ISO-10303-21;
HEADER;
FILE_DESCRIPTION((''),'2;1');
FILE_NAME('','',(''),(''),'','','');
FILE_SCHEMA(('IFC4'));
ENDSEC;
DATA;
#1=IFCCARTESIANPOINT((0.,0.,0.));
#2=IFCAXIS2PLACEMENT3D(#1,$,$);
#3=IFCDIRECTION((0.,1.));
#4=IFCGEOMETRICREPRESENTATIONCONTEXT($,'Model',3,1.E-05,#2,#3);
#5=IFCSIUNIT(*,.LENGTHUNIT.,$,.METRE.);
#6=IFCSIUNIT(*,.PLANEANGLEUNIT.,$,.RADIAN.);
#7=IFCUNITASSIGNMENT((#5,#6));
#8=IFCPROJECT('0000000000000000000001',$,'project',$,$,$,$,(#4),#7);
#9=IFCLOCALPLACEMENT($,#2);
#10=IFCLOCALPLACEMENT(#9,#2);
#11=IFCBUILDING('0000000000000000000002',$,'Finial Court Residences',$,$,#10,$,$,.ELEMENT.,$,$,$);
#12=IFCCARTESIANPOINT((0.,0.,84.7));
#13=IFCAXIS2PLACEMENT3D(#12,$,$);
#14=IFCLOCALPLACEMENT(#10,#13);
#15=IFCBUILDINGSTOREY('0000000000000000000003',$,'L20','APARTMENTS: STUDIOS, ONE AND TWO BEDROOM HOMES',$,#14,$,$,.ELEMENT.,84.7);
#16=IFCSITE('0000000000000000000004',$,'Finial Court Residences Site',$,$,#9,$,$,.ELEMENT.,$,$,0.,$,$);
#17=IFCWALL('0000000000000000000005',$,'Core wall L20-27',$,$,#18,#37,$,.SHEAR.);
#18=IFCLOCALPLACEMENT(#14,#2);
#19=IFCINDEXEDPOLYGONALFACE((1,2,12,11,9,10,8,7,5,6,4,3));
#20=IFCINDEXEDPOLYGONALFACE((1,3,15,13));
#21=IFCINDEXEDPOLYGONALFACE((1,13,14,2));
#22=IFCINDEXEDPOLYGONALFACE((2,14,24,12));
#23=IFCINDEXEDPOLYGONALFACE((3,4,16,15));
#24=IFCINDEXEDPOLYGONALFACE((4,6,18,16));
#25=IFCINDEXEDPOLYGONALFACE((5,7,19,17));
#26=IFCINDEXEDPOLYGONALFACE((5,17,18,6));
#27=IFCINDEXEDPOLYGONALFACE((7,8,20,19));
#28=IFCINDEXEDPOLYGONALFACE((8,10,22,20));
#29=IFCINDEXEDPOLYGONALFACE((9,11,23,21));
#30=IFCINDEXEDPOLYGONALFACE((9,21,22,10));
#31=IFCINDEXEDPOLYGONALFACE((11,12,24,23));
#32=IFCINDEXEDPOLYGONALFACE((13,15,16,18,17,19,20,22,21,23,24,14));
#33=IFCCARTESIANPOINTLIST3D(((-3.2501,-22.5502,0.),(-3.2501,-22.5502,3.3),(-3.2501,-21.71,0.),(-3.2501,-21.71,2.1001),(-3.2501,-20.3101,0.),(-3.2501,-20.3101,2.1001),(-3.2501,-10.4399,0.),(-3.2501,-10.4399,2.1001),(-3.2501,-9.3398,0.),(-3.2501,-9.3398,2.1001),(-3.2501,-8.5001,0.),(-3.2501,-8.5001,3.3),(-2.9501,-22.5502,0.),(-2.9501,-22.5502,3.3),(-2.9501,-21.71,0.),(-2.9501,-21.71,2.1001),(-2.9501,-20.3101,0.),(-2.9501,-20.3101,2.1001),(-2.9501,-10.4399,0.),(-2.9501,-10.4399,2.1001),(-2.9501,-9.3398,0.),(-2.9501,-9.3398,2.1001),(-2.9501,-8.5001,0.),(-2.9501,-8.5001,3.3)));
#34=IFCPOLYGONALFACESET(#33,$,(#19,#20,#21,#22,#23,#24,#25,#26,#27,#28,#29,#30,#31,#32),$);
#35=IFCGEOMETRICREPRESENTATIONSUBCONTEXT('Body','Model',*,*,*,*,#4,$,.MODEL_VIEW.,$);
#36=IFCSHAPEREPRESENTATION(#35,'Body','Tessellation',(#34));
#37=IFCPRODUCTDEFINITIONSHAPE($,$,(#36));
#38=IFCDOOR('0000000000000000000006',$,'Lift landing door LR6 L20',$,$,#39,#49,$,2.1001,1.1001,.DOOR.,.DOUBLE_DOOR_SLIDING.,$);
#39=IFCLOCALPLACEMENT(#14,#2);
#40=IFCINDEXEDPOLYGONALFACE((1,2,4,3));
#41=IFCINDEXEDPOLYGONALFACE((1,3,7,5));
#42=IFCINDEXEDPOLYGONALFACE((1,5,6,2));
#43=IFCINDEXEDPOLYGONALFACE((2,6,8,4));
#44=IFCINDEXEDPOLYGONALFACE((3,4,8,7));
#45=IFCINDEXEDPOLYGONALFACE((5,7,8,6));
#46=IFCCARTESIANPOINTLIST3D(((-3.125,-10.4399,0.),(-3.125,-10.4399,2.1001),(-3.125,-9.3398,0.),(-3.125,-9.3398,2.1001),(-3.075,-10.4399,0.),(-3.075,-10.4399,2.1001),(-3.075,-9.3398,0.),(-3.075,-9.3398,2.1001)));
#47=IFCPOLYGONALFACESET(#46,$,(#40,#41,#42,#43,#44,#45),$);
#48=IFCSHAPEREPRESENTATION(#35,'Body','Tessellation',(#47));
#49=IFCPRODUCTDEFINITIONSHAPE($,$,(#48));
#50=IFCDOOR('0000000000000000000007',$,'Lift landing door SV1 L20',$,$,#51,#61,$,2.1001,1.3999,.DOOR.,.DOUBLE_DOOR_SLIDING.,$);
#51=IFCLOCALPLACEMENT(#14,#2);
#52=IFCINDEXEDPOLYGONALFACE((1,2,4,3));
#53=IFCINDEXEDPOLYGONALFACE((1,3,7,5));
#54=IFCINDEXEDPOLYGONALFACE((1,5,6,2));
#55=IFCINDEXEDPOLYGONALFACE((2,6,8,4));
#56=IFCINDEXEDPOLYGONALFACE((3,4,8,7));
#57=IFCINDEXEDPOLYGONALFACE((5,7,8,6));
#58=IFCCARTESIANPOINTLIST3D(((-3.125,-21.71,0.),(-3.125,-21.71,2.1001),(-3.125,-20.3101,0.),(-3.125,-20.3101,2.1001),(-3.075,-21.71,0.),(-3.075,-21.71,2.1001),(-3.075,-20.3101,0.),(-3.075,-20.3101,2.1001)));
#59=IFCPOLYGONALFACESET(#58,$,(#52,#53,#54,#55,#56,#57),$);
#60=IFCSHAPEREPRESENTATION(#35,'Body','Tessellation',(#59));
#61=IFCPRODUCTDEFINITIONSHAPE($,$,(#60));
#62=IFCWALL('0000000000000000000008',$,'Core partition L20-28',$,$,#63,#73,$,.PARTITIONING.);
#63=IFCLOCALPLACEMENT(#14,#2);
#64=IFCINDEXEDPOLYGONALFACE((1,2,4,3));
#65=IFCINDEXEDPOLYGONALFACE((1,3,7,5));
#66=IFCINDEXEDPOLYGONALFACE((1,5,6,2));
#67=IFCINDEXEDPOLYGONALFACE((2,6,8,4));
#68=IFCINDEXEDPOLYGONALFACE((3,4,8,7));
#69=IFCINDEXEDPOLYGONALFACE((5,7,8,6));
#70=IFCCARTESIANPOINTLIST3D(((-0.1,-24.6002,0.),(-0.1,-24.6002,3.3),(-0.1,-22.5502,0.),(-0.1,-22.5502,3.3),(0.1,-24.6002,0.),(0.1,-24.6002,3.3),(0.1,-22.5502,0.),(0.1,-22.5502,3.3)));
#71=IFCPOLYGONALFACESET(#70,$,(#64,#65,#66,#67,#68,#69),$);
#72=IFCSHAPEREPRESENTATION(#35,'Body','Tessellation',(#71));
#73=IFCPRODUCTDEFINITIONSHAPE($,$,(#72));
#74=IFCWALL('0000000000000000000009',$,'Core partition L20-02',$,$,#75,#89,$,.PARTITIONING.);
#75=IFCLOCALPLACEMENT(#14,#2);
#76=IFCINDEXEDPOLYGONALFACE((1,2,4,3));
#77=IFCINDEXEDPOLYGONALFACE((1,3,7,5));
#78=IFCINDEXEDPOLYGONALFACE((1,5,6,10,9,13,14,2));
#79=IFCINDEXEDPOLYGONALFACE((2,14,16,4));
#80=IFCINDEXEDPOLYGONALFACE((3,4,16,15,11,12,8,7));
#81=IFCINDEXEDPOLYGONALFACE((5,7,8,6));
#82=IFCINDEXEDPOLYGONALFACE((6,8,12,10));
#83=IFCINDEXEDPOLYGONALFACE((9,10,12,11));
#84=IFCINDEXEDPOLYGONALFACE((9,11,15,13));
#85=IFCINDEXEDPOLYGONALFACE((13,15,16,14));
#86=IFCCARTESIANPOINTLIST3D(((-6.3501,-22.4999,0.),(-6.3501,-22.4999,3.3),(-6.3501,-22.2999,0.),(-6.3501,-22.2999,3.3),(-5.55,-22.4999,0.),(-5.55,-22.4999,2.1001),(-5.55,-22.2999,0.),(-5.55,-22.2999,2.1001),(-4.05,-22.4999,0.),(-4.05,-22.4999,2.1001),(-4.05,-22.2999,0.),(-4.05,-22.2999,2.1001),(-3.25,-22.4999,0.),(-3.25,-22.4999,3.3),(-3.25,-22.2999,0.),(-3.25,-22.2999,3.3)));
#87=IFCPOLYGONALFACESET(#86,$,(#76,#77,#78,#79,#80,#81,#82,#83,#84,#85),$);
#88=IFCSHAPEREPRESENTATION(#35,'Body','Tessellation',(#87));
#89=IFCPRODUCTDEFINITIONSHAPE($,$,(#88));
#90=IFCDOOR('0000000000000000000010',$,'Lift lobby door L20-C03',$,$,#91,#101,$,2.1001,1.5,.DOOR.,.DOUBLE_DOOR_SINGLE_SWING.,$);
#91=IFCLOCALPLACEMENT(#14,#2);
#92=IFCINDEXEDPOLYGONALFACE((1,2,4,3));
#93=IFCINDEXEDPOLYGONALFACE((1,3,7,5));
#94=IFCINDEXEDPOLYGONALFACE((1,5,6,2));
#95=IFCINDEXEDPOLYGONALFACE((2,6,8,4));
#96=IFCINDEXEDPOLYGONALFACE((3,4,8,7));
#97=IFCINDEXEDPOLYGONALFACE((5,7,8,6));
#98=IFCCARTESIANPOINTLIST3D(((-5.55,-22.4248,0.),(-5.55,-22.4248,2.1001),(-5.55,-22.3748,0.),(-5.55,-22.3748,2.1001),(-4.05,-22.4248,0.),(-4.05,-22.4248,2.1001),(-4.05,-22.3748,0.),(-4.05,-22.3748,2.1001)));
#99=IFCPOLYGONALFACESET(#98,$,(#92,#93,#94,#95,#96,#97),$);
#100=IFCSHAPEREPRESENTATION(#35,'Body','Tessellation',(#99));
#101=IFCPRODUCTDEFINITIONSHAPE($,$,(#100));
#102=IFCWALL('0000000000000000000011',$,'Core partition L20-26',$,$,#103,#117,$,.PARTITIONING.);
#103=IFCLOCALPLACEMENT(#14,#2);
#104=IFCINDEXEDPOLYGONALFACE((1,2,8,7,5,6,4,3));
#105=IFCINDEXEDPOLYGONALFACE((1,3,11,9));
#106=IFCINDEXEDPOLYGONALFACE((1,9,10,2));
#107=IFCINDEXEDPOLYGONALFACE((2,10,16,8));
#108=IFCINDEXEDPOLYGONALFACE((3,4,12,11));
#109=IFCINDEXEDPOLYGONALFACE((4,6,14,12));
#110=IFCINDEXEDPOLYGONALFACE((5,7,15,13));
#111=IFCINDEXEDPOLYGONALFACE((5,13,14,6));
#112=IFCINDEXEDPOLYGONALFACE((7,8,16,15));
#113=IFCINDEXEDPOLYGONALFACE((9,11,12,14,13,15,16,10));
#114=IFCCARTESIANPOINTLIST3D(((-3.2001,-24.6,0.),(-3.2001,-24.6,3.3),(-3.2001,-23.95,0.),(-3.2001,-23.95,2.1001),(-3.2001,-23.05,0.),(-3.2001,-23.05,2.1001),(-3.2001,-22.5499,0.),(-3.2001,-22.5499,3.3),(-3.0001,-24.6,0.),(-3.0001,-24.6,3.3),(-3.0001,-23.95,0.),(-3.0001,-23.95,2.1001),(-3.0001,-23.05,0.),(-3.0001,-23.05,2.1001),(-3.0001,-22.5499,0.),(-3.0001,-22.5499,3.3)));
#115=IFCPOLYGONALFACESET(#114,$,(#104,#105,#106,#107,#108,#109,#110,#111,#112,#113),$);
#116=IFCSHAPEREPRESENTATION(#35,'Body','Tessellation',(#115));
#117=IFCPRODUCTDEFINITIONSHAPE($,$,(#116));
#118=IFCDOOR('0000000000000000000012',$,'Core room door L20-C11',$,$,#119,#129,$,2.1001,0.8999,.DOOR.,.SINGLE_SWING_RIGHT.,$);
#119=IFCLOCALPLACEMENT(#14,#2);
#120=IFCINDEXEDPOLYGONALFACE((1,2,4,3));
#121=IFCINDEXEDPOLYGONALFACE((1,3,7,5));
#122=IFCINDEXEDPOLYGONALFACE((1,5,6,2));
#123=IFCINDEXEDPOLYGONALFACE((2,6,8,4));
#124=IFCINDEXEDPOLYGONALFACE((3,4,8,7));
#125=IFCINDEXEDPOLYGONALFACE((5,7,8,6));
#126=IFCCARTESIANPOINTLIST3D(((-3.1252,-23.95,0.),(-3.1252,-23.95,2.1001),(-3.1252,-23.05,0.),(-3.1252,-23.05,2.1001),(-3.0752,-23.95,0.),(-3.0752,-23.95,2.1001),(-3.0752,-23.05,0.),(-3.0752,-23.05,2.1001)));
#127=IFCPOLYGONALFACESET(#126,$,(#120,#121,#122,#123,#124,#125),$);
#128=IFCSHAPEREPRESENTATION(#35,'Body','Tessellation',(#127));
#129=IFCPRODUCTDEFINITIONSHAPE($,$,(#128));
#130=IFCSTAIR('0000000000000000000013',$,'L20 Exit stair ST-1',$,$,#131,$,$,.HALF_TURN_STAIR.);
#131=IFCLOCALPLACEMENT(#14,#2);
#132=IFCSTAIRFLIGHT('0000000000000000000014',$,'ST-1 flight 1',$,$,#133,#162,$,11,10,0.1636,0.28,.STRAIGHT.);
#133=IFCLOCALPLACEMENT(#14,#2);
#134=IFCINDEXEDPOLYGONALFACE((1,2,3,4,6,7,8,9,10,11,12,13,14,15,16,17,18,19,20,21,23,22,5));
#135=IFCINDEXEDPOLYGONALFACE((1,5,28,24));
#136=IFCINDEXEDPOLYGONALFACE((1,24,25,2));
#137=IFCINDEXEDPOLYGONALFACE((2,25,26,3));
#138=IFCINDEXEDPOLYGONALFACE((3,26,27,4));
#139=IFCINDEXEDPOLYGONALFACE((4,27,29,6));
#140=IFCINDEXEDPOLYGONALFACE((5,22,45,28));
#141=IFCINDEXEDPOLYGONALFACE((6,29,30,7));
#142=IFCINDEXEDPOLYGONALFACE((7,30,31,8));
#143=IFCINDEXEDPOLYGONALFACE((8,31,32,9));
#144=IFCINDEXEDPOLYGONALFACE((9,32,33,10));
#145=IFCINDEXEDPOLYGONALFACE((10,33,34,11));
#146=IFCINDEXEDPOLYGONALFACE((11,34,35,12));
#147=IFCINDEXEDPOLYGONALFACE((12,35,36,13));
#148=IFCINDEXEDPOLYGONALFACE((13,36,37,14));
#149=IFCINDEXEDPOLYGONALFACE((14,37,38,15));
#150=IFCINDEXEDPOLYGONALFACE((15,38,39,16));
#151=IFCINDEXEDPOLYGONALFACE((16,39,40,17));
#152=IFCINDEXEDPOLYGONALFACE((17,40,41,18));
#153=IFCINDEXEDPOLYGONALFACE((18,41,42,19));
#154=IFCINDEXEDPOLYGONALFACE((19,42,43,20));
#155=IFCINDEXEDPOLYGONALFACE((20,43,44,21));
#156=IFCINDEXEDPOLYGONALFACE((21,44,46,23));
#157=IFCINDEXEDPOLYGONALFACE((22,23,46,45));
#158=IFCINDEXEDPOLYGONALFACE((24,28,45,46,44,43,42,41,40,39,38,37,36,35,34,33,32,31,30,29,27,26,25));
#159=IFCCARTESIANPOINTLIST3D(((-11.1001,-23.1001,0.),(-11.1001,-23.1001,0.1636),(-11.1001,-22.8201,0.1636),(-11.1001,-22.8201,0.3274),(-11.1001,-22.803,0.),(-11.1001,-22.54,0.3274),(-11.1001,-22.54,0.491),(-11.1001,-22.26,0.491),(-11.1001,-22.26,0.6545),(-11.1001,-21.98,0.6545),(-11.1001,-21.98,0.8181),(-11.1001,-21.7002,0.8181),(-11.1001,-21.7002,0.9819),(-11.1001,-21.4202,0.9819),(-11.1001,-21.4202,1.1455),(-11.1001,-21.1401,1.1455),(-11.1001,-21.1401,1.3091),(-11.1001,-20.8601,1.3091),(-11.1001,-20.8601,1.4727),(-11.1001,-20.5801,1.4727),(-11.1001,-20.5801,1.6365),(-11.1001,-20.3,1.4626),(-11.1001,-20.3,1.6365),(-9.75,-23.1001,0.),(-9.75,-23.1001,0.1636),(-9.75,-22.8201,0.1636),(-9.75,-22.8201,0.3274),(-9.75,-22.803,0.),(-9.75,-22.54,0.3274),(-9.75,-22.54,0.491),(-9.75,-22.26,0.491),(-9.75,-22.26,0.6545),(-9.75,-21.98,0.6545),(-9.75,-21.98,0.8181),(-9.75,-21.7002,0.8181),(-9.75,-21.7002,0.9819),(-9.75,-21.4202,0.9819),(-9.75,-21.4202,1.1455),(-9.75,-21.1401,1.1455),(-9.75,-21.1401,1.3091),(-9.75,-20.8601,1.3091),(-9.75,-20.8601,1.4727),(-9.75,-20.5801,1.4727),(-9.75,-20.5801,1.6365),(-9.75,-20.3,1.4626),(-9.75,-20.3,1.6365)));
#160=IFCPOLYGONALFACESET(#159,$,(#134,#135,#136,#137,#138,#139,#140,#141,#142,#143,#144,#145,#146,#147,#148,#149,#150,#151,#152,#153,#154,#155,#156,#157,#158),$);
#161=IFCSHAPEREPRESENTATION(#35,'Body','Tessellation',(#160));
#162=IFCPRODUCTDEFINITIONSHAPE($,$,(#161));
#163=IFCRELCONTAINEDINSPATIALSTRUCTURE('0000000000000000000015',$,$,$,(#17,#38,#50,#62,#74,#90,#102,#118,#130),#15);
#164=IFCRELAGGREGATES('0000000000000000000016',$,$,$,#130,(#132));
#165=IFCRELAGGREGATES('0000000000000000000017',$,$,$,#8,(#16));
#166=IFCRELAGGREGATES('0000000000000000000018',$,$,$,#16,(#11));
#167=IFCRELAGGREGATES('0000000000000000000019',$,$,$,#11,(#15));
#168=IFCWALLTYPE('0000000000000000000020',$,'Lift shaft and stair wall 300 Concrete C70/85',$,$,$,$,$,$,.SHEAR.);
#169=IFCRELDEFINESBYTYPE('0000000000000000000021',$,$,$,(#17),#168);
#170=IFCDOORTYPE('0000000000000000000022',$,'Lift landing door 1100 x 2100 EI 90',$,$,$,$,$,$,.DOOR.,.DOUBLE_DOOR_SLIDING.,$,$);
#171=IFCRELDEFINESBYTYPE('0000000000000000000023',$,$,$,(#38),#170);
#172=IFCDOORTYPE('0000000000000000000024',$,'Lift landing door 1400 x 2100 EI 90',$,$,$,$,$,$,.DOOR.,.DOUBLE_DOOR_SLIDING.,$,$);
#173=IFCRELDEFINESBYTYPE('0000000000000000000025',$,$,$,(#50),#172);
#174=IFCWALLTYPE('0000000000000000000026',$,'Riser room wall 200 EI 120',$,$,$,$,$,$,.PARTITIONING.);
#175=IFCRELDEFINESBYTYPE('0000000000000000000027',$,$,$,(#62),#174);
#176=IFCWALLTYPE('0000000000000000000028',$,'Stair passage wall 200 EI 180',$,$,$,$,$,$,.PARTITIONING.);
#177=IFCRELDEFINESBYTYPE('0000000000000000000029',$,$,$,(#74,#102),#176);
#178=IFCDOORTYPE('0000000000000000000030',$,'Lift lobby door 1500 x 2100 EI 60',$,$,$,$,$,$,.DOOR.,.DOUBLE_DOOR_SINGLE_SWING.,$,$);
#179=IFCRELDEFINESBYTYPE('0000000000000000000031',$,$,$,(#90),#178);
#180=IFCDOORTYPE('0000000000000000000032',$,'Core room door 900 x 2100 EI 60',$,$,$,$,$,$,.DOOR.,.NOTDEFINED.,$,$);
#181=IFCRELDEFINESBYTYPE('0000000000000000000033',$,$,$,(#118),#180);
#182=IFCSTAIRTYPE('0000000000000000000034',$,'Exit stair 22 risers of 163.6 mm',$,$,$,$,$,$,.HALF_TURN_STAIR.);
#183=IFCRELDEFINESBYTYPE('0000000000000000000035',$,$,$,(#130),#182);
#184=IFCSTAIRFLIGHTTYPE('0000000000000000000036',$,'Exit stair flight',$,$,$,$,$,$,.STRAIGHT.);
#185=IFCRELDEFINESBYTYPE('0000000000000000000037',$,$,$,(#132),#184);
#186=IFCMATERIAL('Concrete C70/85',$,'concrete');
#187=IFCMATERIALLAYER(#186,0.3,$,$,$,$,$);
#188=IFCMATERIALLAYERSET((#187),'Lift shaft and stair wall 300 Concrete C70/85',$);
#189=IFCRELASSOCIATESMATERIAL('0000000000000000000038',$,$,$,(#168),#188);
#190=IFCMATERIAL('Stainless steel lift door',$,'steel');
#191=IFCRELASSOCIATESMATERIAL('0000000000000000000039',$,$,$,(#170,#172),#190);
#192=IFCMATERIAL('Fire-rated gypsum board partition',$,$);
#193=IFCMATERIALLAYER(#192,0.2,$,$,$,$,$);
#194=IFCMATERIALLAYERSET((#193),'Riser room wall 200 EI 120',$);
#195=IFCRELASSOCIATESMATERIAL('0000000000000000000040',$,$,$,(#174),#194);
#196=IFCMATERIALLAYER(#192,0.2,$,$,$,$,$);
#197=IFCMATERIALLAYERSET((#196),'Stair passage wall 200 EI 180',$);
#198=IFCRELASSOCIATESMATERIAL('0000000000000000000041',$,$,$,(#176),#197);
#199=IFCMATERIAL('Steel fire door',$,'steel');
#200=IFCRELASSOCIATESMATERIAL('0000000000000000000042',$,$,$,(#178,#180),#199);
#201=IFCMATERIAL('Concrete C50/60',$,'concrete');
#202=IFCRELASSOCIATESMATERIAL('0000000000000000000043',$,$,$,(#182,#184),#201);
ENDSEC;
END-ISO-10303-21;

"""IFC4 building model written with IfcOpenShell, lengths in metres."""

from ifc_helpers import new_model, si_unit, direction, frame, frame_2d, origin, place, context, subcontext, project, spatial, polyline, rectangle, outline, extrude, material, layer, layer_set, type_object, element, fill, aggregate, save


model = new_model("IFC4")

# Units and contexts
model_context = context("Model", 3, precision=1e-05, world=origin(), true_north=direction((0.0, 1.0)))
body_context = subcontext(model_context, "Body", "Model", "MODEL_VIEW")
ifc_project = project(units=[si_unit("LENGTHUNIT", "METRE"), si_unit("PLANEANGLEUNIT", "RADIAN")], contexts=[model_context])

# Site, building, storey
site_placement = place(None, origin())
site = spatial("IfcSite", under=ifc_project, at=site_placement, Name="Finial Court Residences Site", CompositionType="ELEMENT", RefElevation=0.0)
building_placement = place(site_placement, origin())
building = spatial("IfcBuilding", under=site, at=building_placement, Name="Finial Court Residences", CompositionType="ELEMENT")
storey_placement = place(building_placement, frame((0.0, 0.0, 84.7)))
storey = spatial("IfcBuildingStorey", under=building, at=storey_placement, Name="L20", Description="APARTMENTS: STUDIOS, ONE AND TWO BEDROOM HOMES", CompositionType="ELEMENT", Elevation=84.7)

# Shared definitions
ifc_material_1 = material(Name="Concrete C70/85", Category="concrete")
ifc_layer_1 = layer(ifc_material_1, 0.3)
ifc_layer_set_1 = layer_set([ifc_layer_1], Name="Lift shaft and stair wall 300 Concrete C70/85")
wall_type_1 = type_object("IfcWallType", Name="Lift shaft and stair wall 300 Concrete C70/85", PredefinedType="SHEAR", material=ifc_layer_set_1)

# Shared definitions
ifc_material_2 = material(Name="Steel fire door", Category="steel")

# Wall, openings, doors
ifc_material_3 = material(Name="Stainless steel lift door", Category="steel")
door_type_1 = type_object("IfcDoorType", Name="Lift landing door 1100 x 2100 EI 90", OperationType="DOUBLE_DOOR_SLIDING", PredefinedType="DOOR", material=ifc_material_3)
wall_1_placement = place(storey_placement, frame((-3.1001, -22.55, 0.0), z_axis=(0.0, 0.0, 1.0), x_axis=(0.0, 1.0, 0.0)))
wall_1 = element("IfcWall", 1, at=wall_1_placement, inside=storey, type_object=wall_type_1, Name="Core wall L20-27", PredefinedType="SHEAR", context=body_context, shape_type="SweptSolid", body=[
    extrude(rectangle(XDim=14.05, YDim=0.3, at=frame_2d((7.0249, 0.0))), origin(), (0.0, 0.0, 1.0), 3.3),
])
opening_1_placement = place(wall_1_placement, frame((12.1101, 0.0, 0.0)))
opening_1 = element("IfcOpeningElement", 2, at=opening_1_placement, cuts=wall_1, PredefinedType="OPENING", context=body_context, shape_type="SweptSolid", body=[
    extrude(rectangle(XDim=1.1001, YDim=2.1001, at=frame_2d((0.55, 1.05))), frame((0.0, 0.1599, 0.0), z_axis=(0.0, -1.0, 0.0), x_axis=(1.0, 0.0, 0.0)), (0.0, 0.0, 1.0), 0.3201),
])
opening_2_placement = place(wall_1_placement, frame((0.8401, 0.0, 0.0)))
opening_2 = element("IfcOpeningElement", 3, at=opening_2_placement, cuts=wall_1, PredefinedType="OPENING", context=body_context, shape_type="SweptSolid", body=[
    extrude(rectangle(XDim=1.3999, YDim=2.1001, at=frame_2d((0.7, 1.05))), frame((0.0, 0.1599, 0.0), z_axis=(0.0, -1.0, 0.0), x_axis=(1.0, 0.0, 0.0)), (0.0, 0.0, 1.0), 0.3201),
])
door_1_placement = place(opening_1_placement, origin())
door_1 = element("IfcDoor", 4, at=door_1_placement, inside=storey, type_object=door_type_1, Name="Lift landing door LR6 L20", OperationType="DOUBLE_DOOR_SLIDING", OverallHeight=2.1001, OverallWidth=1.1001, PredefinedType="DOOR", context=body_context, shape_type="SweptSolid", body=[
    extrude(rectangle(XDim=1.1001, YDim=2.1001, at=frame_2d((0.55, 1.05))), frame((0.0, 0.0249, 0.0), z_axis=(0.0, -1.0, 0.0), x_axis=(1.0, 0.0, 0.0)), (0.0, 0.0, 1.0), 0.05),
])
fill(opening_1, door_1)
door_type_2 = type_object("IfcDoorType", Name="Lift landing door 1400 x 2100 EI 90", OperationType="DOUBLE_DOOR_SLIDING", PredefinedType="DOOR", material=ifc_material_3)
door_2_placement = place(opening_2_placement, origin())
door_2 = element("IfcDoor", 5, at=door_2_placement, inside=storey, type_object=door_type_2, Name="Lift landing door SV1 L20", OperationType="DOUBLE_DOOR_SLIDING", OverallHeight=2.1001, OverallWidth=1.3999, PredefinedType="DOOR", context=body_context, shape_type="SweptSolid", body=[
    extrude(rectangle(XDim=1.3999, YDim=2.1001, at=frame_2d((0.7, 1.05))), frame((0.0, 0.0249, 0.0), z_axis=(0.0, -1.0, 0.0), x_axis=(1.0, 0.0, 0.0)), (0.0, 0.0, 1.0), 0.05),
])
fill(opening_2, door_2)

# Wall
ifc_material_4 = material(Name="Fire-rated gypsum board partition")
ifc_layer_2 = layer(ifc_material_4, 0.2)
ifc_layer_set_2 = layer_set([ifc_layer_2], Name="Riser room wall 200 EI 120")
wall_type_2 = type_object("IfcWallType", Name="Riser room wall 200 EI 120", PredefinedType="PARTITIONING", material=ifc_layer_set_2)
wall_2_placement = place(storey_placement, frame((0.0, -24.6001, 0.0), z_axis=(0.0, 0.0, 1.0), x_axis=(0.0, 1.0, 0.0)))
element("IfcWall", 6, at=wall_2_placement, inside=storey, type_object=wall_type_2, Name="Core partition L20-28", PredefinedType="PARTITIONING", context=body_context, shape_type="SweptSolid", body=[
    extrude(rectangle(XDim=2.05, YDim=0.2, at=frame_2d((1.0249, 0.0))), origin(), (0.0, 0.0, 1.0), 3.3),
])

# Walls, openings, doors
ifc_layer_3 = layer(ifc_material_4, 0.2)
ifc_layer_set_3 = layer_set([ifc_layer_3], Name="Stair passage wall 200 EI 180")
wall_type_3 = type_object("IfcWallType", Name="Stair passage wall 200 EI 180", PredefinedType="PARTITIONING", material=ifc_layer_set_3)
wall_3_placement = place(storey_placement, frame((-3.25, -22.3999, 0.0), z_axis=(0.0, 0.0, 1.0), x_axis=(-1.0, 0.0, 0.0)))
wall_3 = element("IfcWall", 7, at=wall_3_placement, inside=storey, type_object=wall_type_3, Name="Core partition L20-02", PredefinedType="PARTITIONING", context=body_context, shape_type="SweptSolid", body=[
    extrude(rectangle(XDim=3.1001, YDim=0.2, at=frame_2d((1.55, 0.0))), origin(), (0.0, 0.0, 1.0), 3.3),
])
opening_3_placement = place(wall_3_placement, frame((0.8, 0.0, 0.0)))
opening_3 = element("IfcOpeningElement", 8, at=opening_3_placement, cuts=wall_3, PredefinedType="OPENING", context=body_context, shape_type="SweptSolid", body=[
    extrude(rectangle(XDim=1.5, YDim=2.1001, at=frame_2d((0.75, 1.05))), frame((0.0, 0.1099, 0.0), z_axis=(0.0, -1.0, 0.0), x_axis=(1.0, 0.0, 0.0)), (0.0, 0.0, 1.0), 0.22),
])
door_type_3 = type_object("IfcDoorType", Name="Lift lobby door 1500 x 2100 EI 60", OperationType="DOUBLE_DOOR_SINGLE_SWING", PredefinedType="DOOR", material=ifc_material_2)
door_3_placement = place(opening_3_placement, origin())
door_3 = element("IfcDoor", 9, at=door_3_placement, inside=storey, type_object=door_type_3, Name="Lift lobby door L20-C03", OperationType="DOUBLE_DOOR_SINGLE_SWING", OverallHeight=2.1001, OverallWidth=1.5, PredefinedType="DOOR", context=body_context, shape_type="SweptSolid", body=[
    extrude(rectangle(XDim=1.5, YDim=2.1001, at=frame_2d((0.75, 1.05))), frame((0.0, 0.0249, 0.0), z_axis=(0.0, -1.0, 0.0), x_axis=(1.0, 0.0, 0.0)), (0.0, 0.0, 1.0), 0.05),
])
fill(opening_3, door_3)
wall_4_placement = place(storey_placement, frame((-3.1001, -22.55, 0.0), z_axis=(0.0, 0.0, 1.0), x_axis=(0.0, -1.0, 0.0)))
wall_4 = element("IfcWall", 10, at=wall_4_placement, inside=storey, type_object=wall_type_3, Name="Core partition L20-26", PredefinedType="PARTITIONING", context=body_context, shape_type="SweptSolid", body=[
    extrude(rectangle(XDim=2.05, YDim=0.2, at=frame_2d((1.0249, 0.0))), origin(), (0.0, 0.0, 1.0), 3.3),
])
opening_4_placement = place(wall_4_placement, frame((0.5, 0.0, 0.0)))
opening_4 = element("IfcOpeningElement", 11, at=opening_4_placement, cuts=wall_4, PredefinedType="OPENING", context=body_context, shape_type="SweptSolid", body=[
    extrude(rectangle(XDim=0.8999, YDim=2.1001, at=frame_2d((0.45, 1.05))), frame((0.0, 0.1099, 0.0), z_axis=(0.0, -1.0, 0.0), x_axis=(1.0, 0.0, 0.0)), (0.0, 0.0, 1.0), 0.22),
])
door_type_4 = type_object("IfcDoorType", Name="Core room door 900 x 2100 EI 60", OperationType="NOTDEFINED", PredefinedType="DOOR", material=ifc_material_2)
door_4_placement = place(opening_4_placement, origin())
door_4 = element("IfcDoor", 12, at=door_4_placement, inside=storey, type_object=door_type_4, Name="Core room door L20-C11", OperationType="SINGLE_SWING_RIGHT", OverallHeight=2.1001, OverallWidth=0.8999, PredefinedType="DOOR", context=body_context, shape_type="SweptSolid", body=[
    extrude(rectangle(XDim=0.8999, YDim=2.1001, at=frame_2d((0.45, 1.05))), frame((0.0, 0.0249, 0.0), z_axis=(0.0, -1.0, 0.0), x_axis=(1.0, 0.0, 0.0)), (0.0, 0.0, 1.0), 0.05),
])
fill(opening_4, door_4)

# Stair, stair flight
ifc_material_5 = material(Name="Concrete C50/60", Category="concrete")
stair_type = type_object("IfcStairType", Name="Exit stair 22 risers of 163.6 mm", PredefinedType="HALF_TURN_STAIR", material=ifc_material_5)
stair_placement = place(storey_placement, origin())
stair = element("IfcStair", 13, at=stair_placement, inside=storey, type_object=stair_type, Name="L20 Exit stair ST-1", PredefinedType="HALF_TURN_STAIR")
stair_flight_type = type_object("IfcStairFlightType", Name="Exit stair flight", PredefinedType="STRAIGHT", material=ifc_material_5)
stair_flight_placement = place(storey_placement, frame((-10.425, -23.1001, 0.0), z_axis=(0.0, 0.0, 1.0), x_axis=(0.0, 1.0, 0.0)))
stair_flight = element("IfcStairFlight", 14, at=stair_flight_placement, type_object=stair_flight_type, Name="ST-1 flight 1", NumberOfRisers=11, NumberOfTreads=10, PredefinedType="STRAIGHT", RiserHeight=0.1636, TreadLength=0.28, context=body_context, shape_type="SweptSolid", body=[
    extrude(outline(polyline([(0.0, 0.0), (0.0, 0.1636), (0.28, 0.1636), (0.28, 0.3274), (0.5601, 0.3274), (0.5601, 0.491), (0.8401, 0.491), (0.8401, 0.6545), (1.1201, 0.6545), (1.1201, 0.8181), (1.3999, 0.8181), (1.3999, 0.9819), (1.6799, 0.9819), (1.6799, 1.1455), (1.96, 1.1455), (1.96, 1.3091), (2.24, 1.3091), (2.24, 1.4727), (2.52, 1.4727), (2.52, 1.6365), (2.8, 1.6365), (2.8, 1.8), (2.8, 1.4626), (0.2971, 0.0), (0.0, 0.0)])), frame((0.0, 0.675, 0.0), z_axis=(0.0, -1.0, 0.0), x_axis=(1.0, 0.0, 0.0)), (0.0, 0.0, 1.0), 1.3501),
])
aggregate(stair, [stair_flight])

save(model, "model.ifc")
